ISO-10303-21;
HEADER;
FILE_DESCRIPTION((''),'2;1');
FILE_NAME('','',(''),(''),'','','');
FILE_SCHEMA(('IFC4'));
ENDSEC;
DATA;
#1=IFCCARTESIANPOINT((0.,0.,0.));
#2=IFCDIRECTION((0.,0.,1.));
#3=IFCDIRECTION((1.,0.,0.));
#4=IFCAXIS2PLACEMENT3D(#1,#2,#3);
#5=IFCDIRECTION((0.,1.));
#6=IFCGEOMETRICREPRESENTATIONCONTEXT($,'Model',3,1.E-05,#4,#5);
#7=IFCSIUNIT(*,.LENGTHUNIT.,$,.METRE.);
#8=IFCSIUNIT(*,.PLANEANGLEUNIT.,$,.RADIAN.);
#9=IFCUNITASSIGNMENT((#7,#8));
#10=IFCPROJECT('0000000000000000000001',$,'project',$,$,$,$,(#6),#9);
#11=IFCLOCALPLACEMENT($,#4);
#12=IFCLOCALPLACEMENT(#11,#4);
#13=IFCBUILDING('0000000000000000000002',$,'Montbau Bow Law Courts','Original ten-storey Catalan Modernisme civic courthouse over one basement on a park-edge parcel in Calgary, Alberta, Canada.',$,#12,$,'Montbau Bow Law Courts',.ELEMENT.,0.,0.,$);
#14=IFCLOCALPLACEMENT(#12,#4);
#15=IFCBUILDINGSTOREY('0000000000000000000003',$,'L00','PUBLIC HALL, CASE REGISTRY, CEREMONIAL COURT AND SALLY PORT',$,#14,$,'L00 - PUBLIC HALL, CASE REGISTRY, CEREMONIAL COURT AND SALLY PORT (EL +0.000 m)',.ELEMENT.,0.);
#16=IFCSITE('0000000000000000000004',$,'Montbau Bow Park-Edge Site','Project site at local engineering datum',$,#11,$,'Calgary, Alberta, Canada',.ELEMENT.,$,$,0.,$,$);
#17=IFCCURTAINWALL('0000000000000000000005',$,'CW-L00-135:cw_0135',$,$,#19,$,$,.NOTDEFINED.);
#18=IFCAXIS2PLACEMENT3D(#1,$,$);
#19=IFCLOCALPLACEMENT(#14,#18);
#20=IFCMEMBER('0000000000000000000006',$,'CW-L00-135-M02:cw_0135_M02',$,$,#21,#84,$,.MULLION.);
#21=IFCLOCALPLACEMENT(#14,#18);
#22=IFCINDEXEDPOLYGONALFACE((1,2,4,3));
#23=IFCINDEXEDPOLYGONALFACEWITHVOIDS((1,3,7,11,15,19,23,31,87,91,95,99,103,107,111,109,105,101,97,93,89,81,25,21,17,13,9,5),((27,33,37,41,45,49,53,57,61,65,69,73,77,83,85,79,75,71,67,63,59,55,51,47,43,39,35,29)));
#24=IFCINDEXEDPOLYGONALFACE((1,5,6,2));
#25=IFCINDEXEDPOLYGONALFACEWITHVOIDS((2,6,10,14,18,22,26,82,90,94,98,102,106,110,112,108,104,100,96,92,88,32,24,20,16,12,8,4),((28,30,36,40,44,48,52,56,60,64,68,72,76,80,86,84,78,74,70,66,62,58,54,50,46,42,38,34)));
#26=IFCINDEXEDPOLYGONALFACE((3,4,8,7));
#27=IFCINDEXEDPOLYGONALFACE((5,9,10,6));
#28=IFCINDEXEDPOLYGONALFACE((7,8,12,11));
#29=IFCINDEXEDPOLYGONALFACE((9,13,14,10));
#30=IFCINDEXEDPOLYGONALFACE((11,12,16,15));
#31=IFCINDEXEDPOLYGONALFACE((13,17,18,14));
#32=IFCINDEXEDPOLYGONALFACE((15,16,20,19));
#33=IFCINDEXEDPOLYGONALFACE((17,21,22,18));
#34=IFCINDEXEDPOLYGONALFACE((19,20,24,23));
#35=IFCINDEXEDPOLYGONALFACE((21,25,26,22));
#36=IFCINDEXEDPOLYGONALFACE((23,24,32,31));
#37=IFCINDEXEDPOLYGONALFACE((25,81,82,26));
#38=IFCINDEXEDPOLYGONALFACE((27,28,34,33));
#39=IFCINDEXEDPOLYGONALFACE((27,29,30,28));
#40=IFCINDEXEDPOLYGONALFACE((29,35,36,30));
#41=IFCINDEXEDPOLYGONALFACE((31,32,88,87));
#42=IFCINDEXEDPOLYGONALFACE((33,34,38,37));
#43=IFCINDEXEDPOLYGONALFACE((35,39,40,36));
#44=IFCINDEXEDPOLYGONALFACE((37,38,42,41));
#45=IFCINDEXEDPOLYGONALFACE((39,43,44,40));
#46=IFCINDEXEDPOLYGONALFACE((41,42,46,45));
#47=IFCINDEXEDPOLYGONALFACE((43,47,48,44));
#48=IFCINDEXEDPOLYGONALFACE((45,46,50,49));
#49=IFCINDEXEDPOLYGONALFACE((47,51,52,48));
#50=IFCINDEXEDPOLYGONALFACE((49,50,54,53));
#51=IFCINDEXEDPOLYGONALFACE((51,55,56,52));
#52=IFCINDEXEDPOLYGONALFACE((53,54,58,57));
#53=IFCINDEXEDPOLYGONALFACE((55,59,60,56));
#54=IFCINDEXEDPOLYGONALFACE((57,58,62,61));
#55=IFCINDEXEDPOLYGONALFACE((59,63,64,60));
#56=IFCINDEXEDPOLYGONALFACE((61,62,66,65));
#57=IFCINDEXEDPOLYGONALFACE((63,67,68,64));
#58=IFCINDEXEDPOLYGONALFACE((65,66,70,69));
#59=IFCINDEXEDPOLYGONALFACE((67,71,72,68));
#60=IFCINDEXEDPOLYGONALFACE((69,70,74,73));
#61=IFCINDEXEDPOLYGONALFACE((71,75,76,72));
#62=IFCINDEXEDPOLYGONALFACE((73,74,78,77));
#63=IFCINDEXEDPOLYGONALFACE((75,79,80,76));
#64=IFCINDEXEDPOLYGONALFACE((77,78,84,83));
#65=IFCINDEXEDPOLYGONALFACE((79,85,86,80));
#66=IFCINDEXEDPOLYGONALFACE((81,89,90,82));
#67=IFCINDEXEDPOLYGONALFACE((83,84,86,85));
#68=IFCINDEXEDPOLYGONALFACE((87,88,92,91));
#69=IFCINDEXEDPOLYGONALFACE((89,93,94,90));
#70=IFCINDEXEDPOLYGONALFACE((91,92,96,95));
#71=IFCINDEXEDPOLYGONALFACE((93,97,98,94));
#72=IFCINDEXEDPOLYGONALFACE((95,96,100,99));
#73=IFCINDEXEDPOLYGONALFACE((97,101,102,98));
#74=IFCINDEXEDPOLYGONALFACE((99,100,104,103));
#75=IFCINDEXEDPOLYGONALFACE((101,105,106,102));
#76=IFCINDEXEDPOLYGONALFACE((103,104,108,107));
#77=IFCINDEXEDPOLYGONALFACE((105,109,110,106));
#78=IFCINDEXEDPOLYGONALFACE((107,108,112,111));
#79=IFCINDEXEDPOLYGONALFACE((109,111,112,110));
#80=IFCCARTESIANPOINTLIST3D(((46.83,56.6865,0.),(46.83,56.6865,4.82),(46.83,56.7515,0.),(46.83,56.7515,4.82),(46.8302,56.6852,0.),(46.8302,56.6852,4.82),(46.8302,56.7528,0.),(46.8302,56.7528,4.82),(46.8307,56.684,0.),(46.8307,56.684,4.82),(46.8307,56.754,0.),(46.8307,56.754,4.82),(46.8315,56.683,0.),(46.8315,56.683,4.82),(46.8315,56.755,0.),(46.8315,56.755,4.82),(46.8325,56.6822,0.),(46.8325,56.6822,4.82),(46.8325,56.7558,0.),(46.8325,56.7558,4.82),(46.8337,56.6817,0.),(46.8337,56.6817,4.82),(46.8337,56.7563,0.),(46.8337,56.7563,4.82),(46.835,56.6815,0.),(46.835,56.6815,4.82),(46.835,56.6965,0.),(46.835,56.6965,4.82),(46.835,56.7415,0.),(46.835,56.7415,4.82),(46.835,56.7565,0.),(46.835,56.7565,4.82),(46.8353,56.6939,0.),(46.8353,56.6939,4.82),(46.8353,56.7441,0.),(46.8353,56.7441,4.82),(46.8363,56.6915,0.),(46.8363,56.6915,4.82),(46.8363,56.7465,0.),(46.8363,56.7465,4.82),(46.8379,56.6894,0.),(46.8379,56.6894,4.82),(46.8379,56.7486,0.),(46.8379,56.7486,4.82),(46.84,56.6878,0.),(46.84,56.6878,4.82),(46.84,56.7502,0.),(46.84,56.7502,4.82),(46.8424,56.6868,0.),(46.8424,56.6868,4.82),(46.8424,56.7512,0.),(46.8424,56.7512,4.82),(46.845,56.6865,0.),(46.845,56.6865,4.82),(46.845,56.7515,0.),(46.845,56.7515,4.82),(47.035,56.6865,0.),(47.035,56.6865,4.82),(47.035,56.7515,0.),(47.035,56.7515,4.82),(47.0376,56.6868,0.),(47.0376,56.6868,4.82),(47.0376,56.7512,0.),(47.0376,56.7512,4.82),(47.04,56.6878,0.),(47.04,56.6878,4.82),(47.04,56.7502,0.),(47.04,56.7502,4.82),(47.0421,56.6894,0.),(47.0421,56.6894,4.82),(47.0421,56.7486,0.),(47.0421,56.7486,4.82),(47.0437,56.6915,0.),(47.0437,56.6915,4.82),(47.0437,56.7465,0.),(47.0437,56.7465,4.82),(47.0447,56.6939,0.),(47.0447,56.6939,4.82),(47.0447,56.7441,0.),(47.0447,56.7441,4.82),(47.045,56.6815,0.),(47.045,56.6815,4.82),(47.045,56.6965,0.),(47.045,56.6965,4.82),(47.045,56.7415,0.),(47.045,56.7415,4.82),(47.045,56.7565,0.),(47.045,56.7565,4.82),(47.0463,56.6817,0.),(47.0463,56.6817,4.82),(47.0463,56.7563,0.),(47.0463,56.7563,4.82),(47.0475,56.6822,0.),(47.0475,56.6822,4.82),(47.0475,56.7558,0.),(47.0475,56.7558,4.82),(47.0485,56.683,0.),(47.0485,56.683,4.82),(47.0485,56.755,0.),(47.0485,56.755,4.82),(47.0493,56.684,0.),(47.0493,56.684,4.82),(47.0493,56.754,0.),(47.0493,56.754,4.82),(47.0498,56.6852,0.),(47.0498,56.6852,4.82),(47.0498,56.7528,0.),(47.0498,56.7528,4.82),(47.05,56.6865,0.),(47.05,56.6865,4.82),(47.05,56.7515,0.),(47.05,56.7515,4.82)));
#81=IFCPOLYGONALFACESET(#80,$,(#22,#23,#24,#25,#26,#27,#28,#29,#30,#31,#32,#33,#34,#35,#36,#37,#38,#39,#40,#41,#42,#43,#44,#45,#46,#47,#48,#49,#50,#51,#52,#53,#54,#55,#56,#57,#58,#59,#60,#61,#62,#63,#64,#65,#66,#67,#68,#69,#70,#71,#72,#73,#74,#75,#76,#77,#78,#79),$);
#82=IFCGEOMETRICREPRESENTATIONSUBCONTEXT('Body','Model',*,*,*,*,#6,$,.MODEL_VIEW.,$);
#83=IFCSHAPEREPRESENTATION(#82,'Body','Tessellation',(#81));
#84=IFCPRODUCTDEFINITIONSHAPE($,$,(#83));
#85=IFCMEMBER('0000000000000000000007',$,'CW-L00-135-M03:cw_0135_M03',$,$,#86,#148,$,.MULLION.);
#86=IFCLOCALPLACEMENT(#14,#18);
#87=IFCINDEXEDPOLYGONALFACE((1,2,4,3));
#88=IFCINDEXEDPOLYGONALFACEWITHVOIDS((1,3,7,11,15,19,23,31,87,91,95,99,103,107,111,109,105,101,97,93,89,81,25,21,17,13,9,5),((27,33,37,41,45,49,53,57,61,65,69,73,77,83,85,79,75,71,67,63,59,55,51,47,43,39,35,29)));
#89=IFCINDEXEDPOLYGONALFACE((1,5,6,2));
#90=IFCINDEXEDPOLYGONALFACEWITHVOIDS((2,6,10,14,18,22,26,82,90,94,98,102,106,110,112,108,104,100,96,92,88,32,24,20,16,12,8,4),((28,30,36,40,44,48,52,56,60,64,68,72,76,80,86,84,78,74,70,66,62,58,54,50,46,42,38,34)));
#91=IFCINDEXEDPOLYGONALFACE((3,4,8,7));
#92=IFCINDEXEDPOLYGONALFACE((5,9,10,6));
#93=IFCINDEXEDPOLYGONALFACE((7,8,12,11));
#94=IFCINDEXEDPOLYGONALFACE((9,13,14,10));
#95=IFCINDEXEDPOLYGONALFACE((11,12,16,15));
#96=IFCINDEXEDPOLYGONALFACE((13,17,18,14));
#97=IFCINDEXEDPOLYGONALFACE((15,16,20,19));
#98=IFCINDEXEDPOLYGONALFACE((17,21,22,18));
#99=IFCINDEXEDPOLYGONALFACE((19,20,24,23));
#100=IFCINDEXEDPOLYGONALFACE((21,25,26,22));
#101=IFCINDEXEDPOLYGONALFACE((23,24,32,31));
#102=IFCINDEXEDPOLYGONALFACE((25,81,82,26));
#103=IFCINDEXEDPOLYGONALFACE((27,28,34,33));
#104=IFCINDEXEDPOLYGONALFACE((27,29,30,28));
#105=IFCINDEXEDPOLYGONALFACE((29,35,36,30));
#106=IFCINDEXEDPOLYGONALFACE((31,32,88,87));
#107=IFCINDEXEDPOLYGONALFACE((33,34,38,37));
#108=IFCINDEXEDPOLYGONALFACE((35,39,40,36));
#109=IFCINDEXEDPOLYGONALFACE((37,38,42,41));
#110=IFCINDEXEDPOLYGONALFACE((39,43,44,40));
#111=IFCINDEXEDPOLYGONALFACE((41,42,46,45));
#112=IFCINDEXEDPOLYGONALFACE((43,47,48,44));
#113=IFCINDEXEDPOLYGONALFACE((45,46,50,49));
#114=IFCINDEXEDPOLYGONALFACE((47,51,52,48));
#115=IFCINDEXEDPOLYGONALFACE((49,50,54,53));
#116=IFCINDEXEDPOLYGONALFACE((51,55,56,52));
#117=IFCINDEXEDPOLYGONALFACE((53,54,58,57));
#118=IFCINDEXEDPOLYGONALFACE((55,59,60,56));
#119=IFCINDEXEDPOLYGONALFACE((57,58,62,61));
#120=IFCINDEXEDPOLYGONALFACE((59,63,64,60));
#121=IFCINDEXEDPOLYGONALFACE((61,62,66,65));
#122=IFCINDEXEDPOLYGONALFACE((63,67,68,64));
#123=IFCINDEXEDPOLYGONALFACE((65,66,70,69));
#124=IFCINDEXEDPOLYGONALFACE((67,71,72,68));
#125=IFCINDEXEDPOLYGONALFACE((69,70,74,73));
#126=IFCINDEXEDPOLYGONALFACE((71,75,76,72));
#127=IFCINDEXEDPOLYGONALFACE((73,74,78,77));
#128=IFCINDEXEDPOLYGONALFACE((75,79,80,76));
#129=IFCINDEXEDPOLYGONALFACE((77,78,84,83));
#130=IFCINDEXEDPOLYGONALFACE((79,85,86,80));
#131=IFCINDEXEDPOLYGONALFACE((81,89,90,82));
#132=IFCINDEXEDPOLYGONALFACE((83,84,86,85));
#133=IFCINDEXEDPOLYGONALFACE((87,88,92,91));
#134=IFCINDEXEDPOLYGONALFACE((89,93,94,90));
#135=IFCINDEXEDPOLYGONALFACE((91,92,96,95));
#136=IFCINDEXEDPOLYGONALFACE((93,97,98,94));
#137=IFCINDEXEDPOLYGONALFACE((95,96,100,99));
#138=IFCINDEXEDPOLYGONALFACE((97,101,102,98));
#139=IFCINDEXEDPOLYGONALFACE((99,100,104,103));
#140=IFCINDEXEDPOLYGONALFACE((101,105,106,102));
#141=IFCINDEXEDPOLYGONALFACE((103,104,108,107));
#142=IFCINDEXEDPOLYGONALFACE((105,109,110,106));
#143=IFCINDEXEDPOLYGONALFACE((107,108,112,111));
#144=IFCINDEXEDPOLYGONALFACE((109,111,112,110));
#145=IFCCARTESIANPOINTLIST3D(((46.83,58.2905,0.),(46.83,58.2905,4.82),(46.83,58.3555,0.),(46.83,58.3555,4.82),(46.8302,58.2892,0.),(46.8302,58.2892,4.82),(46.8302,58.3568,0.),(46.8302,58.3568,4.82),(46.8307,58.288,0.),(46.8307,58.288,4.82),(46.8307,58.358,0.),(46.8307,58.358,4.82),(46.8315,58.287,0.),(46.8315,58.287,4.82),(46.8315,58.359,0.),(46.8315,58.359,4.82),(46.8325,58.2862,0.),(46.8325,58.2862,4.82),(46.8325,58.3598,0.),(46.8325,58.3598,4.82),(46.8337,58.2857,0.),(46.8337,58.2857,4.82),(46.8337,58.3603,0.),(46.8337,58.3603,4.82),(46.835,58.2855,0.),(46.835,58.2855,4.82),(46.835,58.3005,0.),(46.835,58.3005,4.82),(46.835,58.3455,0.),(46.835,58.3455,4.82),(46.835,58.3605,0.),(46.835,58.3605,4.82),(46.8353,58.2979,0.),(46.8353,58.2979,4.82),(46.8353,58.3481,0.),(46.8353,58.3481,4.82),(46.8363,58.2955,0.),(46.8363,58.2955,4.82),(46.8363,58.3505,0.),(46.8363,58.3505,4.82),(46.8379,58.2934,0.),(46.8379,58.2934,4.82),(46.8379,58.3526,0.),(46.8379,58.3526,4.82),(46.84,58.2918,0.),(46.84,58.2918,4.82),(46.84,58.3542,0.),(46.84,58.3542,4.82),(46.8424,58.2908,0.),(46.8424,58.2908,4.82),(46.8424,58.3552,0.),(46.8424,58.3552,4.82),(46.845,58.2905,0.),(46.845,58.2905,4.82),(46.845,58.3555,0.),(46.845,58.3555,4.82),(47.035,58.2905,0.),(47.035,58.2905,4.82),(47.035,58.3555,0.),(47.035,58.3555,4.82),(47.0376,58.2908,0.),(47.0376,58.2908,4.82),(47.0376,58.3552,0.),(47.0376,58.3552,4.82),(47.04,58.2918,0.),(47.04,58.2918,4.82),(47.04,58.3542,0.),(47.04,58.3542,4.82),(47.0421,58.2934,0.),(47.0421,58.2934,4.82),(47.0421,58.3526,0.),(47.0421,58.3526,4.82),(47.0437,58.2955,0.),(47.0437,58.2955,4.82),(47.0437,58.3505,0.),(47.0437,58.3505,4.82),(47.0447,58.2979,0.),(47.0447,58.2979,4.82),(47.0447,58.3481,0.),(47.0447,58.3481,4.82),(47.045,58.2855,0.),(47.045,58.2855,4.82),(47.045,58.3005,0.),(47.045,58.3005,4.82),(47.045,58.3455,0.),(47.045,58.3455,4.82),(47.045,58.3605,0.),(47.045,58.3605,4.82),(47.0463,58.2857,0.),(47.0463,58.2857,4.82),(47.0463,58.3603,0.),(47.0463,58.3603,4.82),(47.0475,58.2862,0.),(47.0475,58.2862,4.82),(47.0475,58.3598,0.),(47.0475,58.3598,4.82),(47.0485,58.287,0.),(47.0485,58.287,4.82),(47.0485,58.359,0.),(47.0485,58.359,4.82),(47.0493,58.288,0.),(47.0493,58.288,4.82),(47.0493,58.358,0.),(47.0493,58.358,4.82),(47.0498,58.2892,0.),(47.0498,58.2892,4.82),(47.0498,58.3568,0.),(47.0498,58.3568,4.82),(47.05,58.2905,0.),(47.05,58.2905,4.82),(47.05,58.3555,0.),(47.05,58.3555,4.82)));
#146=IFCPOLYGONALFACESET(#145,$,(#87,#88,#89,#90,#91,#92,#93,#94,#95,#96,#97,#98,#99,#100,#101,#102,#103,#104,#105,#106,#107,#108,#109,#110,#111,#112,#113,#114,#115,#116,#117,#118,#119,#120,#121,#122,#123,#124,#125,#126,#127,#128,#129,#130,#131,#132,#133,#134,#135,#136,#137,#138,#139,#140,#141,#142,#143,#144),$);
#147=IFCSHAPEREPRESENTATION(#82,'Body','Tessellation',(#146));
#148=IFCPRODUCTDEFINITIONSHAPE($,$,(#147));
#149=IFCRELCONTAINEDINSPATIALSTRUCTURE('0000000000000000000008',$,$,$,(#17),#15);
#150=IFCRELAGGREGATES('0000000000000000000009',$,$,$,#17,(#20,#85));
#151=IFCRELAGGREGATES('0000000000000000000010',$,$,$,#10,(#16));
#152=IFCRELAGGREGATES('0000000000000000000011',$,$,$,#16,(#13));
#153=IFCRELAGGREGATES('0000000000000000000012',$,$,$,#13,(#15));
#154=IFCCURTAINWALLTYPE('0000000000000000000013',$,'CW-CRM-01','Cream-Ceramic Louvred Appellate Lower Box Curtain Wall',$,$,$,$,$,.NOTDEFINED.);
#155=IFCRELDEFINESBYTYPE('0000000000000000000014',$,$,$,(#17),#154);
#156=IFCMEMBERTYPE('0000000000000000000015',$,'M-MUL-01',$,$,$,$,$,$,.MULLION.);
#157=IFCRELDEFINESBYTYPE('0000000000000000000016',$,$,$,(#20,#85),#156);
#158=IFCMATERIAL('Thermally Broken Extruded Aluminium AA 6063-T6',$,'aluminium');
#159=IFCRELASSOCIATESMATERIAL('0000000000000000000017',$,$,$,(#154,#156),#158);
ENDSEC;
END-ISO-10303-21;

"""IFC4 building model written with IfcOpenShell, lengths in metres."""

from ifc_helpers import new_model, si_unit, direction, frame, origin_with_axes, origin_2d_with_axis, place, context, subcontext, project, spatial, hollow_rectangle, extrude, material, material_profile, profile_set, type_object, element, aggregate, save


model = new_model("IFC4")

# Units and contexts
model_context = context("Model", 3, precision=1e-05, world=origin_with_axes(), true_north=direction((0.0, 1.0)))
body_context = subcontext(model_context, "Body", "Model", "MODEL_VIEW")
ifc_project = project(units=[si_unit("LENGTHUNIT", "METRE"), si_unit("PLANEANGLEUNIT", "RADIAN")], contexts=[model_context])

# Site, building, storey
site_placement = place(None, origin_with_axes())
site = spatial("IfcSite", under=ifc_project, at=site_placement, Name="Montbau Bow Park-Edge Site", Description="Project site at local engineering datum", LongName="Calgary, Alberta, Canada", CompositionType="ELEMENT", RefElevation=0.0)
building_placement = place(site_placement, origin_with_axes())
building = spatial("IfcBuilding", under=site, at=building_placement, Name="Montbau Bow Law Courts", Description="Original ten-storey Catalan Modernisme civic courthouse over one basement on a park-edge parcel in Calgary, Alberta, Canada.", LongName="Montbau Bow Law Courts", CompositionType="ELEMENT", ElevationOfRefHeight=0.0, ElevationOfTerrain=0.0)
storey_placement = place(building_placement, origin_with_axes())
storey = spatial("IfcBuildingStorey", under=building, at=storey_placement, Name="L00", Description="PUBLIC HALL, CASE REGISTRY, CEREMONIAL COURT AND SALLY PORT", LongName="L00 - PUBLIC HALL, CASE REGISTRY, CEREMONIAL COURT AND SALLY PORT (EL +0.000 m)", CompositionType="ELEMENT", Elevation=0.0)

# Curtain wall, members
ifc_material_1 = material(Name="Thermally Broken Extruded Aluminium AA 6063-T6", Category="aluminium")
curtain_wall_type = type_object("IfcCurtainWallType", Name="CW-CRM-01", Description="Cream-Ceramic Louvred Appellate Lower Box Curtain Wall", PredefinedType="NOTDEFINED", material=ifc_material_1)
curtain_wall_placement = place(None, frame((46.94, 55.115, 0.0), z_axis=(0.0, 0.0, 1.0), x_axis=(1.0, 0.0, 0.0)))
curtain_wall = element("IfcCurtainWall", 1, at=curtain_wall_placement, inside=storey, type_object=curtain_wall_type, Name="CW-L00-135:cw_0135", PredefinedType="NOTDEFINED")
ifc_material_profile_1 = material_profile(ifc_material_1, hollow_rectangle(XDim=0.075, YDim=0.22, WallThickness=0.005, InnerFilletRadius=0.01, OuterFilletRadius=0.005, at=origin_2d_with_axis()), Name="CWM-220X75", Category="Main", Priority=0)
ifc_profile_set_1 = profile_set([ifc_material_profile_1], Name="Thermally Broken Extruded Aluminium AA 6063-T6")
member_type_1 = type_object("IfcMemberType", Name="M-MUL-01", PredefinedType="MULLION", material=ifc_profile_set_1)
member_1_placement = place(None, frame((46.94, 56.719, 0.0), z_axis=(0.0, 0.0, 1.0), x_axis=(0.0, 1.0, 0.0)))
member_1 = element("IfcMember", 2, at=member_1_placement, type_object=member_type_1, Name="CW-L00-135-M02:cw_0135_M02", PredefinedType="MULLION", context=body_context, shape_type="SweptSolid", body=[
    extrude(hollow_rectangle(XDim=0.075, YDim=0.22, WallThickness=0.005, InnerFilletRadius=0.01, OuterFilletRadius=0.005, at=origin_2d_with_axis()), origin_with_axes(), (0.0, 0.0, 1.0), 4.82),
])
member_2_placement = place(None, frame((46.94, 58.323, 0.0), z_axis=(0.0, 0.0, 1.0), x_axis=(0.0, 1.0, 0.0)))
member_2 = element("IfcMember", 3, at=member_2_placement, type_object=member_type_1, Name="CW-L00-135-M03:cw_0135_M03", PredefinedType="MULLION", context=body_context, shape_type="SweptSolid", body=[
    extrude(hollow_rectangle(XDim=0.075, YDim=0.22, WallThickness=0.005, InnerFilletRadius=0.01, OuterFilletRadius=0.005, at=origin_2d_with_axis()), origin_with_axes(), (0.0, 0.0, 1.0), 4.82),
])
aggregate(curtain_wall, [member_1, member_2])

save(model, "model.ifc")
